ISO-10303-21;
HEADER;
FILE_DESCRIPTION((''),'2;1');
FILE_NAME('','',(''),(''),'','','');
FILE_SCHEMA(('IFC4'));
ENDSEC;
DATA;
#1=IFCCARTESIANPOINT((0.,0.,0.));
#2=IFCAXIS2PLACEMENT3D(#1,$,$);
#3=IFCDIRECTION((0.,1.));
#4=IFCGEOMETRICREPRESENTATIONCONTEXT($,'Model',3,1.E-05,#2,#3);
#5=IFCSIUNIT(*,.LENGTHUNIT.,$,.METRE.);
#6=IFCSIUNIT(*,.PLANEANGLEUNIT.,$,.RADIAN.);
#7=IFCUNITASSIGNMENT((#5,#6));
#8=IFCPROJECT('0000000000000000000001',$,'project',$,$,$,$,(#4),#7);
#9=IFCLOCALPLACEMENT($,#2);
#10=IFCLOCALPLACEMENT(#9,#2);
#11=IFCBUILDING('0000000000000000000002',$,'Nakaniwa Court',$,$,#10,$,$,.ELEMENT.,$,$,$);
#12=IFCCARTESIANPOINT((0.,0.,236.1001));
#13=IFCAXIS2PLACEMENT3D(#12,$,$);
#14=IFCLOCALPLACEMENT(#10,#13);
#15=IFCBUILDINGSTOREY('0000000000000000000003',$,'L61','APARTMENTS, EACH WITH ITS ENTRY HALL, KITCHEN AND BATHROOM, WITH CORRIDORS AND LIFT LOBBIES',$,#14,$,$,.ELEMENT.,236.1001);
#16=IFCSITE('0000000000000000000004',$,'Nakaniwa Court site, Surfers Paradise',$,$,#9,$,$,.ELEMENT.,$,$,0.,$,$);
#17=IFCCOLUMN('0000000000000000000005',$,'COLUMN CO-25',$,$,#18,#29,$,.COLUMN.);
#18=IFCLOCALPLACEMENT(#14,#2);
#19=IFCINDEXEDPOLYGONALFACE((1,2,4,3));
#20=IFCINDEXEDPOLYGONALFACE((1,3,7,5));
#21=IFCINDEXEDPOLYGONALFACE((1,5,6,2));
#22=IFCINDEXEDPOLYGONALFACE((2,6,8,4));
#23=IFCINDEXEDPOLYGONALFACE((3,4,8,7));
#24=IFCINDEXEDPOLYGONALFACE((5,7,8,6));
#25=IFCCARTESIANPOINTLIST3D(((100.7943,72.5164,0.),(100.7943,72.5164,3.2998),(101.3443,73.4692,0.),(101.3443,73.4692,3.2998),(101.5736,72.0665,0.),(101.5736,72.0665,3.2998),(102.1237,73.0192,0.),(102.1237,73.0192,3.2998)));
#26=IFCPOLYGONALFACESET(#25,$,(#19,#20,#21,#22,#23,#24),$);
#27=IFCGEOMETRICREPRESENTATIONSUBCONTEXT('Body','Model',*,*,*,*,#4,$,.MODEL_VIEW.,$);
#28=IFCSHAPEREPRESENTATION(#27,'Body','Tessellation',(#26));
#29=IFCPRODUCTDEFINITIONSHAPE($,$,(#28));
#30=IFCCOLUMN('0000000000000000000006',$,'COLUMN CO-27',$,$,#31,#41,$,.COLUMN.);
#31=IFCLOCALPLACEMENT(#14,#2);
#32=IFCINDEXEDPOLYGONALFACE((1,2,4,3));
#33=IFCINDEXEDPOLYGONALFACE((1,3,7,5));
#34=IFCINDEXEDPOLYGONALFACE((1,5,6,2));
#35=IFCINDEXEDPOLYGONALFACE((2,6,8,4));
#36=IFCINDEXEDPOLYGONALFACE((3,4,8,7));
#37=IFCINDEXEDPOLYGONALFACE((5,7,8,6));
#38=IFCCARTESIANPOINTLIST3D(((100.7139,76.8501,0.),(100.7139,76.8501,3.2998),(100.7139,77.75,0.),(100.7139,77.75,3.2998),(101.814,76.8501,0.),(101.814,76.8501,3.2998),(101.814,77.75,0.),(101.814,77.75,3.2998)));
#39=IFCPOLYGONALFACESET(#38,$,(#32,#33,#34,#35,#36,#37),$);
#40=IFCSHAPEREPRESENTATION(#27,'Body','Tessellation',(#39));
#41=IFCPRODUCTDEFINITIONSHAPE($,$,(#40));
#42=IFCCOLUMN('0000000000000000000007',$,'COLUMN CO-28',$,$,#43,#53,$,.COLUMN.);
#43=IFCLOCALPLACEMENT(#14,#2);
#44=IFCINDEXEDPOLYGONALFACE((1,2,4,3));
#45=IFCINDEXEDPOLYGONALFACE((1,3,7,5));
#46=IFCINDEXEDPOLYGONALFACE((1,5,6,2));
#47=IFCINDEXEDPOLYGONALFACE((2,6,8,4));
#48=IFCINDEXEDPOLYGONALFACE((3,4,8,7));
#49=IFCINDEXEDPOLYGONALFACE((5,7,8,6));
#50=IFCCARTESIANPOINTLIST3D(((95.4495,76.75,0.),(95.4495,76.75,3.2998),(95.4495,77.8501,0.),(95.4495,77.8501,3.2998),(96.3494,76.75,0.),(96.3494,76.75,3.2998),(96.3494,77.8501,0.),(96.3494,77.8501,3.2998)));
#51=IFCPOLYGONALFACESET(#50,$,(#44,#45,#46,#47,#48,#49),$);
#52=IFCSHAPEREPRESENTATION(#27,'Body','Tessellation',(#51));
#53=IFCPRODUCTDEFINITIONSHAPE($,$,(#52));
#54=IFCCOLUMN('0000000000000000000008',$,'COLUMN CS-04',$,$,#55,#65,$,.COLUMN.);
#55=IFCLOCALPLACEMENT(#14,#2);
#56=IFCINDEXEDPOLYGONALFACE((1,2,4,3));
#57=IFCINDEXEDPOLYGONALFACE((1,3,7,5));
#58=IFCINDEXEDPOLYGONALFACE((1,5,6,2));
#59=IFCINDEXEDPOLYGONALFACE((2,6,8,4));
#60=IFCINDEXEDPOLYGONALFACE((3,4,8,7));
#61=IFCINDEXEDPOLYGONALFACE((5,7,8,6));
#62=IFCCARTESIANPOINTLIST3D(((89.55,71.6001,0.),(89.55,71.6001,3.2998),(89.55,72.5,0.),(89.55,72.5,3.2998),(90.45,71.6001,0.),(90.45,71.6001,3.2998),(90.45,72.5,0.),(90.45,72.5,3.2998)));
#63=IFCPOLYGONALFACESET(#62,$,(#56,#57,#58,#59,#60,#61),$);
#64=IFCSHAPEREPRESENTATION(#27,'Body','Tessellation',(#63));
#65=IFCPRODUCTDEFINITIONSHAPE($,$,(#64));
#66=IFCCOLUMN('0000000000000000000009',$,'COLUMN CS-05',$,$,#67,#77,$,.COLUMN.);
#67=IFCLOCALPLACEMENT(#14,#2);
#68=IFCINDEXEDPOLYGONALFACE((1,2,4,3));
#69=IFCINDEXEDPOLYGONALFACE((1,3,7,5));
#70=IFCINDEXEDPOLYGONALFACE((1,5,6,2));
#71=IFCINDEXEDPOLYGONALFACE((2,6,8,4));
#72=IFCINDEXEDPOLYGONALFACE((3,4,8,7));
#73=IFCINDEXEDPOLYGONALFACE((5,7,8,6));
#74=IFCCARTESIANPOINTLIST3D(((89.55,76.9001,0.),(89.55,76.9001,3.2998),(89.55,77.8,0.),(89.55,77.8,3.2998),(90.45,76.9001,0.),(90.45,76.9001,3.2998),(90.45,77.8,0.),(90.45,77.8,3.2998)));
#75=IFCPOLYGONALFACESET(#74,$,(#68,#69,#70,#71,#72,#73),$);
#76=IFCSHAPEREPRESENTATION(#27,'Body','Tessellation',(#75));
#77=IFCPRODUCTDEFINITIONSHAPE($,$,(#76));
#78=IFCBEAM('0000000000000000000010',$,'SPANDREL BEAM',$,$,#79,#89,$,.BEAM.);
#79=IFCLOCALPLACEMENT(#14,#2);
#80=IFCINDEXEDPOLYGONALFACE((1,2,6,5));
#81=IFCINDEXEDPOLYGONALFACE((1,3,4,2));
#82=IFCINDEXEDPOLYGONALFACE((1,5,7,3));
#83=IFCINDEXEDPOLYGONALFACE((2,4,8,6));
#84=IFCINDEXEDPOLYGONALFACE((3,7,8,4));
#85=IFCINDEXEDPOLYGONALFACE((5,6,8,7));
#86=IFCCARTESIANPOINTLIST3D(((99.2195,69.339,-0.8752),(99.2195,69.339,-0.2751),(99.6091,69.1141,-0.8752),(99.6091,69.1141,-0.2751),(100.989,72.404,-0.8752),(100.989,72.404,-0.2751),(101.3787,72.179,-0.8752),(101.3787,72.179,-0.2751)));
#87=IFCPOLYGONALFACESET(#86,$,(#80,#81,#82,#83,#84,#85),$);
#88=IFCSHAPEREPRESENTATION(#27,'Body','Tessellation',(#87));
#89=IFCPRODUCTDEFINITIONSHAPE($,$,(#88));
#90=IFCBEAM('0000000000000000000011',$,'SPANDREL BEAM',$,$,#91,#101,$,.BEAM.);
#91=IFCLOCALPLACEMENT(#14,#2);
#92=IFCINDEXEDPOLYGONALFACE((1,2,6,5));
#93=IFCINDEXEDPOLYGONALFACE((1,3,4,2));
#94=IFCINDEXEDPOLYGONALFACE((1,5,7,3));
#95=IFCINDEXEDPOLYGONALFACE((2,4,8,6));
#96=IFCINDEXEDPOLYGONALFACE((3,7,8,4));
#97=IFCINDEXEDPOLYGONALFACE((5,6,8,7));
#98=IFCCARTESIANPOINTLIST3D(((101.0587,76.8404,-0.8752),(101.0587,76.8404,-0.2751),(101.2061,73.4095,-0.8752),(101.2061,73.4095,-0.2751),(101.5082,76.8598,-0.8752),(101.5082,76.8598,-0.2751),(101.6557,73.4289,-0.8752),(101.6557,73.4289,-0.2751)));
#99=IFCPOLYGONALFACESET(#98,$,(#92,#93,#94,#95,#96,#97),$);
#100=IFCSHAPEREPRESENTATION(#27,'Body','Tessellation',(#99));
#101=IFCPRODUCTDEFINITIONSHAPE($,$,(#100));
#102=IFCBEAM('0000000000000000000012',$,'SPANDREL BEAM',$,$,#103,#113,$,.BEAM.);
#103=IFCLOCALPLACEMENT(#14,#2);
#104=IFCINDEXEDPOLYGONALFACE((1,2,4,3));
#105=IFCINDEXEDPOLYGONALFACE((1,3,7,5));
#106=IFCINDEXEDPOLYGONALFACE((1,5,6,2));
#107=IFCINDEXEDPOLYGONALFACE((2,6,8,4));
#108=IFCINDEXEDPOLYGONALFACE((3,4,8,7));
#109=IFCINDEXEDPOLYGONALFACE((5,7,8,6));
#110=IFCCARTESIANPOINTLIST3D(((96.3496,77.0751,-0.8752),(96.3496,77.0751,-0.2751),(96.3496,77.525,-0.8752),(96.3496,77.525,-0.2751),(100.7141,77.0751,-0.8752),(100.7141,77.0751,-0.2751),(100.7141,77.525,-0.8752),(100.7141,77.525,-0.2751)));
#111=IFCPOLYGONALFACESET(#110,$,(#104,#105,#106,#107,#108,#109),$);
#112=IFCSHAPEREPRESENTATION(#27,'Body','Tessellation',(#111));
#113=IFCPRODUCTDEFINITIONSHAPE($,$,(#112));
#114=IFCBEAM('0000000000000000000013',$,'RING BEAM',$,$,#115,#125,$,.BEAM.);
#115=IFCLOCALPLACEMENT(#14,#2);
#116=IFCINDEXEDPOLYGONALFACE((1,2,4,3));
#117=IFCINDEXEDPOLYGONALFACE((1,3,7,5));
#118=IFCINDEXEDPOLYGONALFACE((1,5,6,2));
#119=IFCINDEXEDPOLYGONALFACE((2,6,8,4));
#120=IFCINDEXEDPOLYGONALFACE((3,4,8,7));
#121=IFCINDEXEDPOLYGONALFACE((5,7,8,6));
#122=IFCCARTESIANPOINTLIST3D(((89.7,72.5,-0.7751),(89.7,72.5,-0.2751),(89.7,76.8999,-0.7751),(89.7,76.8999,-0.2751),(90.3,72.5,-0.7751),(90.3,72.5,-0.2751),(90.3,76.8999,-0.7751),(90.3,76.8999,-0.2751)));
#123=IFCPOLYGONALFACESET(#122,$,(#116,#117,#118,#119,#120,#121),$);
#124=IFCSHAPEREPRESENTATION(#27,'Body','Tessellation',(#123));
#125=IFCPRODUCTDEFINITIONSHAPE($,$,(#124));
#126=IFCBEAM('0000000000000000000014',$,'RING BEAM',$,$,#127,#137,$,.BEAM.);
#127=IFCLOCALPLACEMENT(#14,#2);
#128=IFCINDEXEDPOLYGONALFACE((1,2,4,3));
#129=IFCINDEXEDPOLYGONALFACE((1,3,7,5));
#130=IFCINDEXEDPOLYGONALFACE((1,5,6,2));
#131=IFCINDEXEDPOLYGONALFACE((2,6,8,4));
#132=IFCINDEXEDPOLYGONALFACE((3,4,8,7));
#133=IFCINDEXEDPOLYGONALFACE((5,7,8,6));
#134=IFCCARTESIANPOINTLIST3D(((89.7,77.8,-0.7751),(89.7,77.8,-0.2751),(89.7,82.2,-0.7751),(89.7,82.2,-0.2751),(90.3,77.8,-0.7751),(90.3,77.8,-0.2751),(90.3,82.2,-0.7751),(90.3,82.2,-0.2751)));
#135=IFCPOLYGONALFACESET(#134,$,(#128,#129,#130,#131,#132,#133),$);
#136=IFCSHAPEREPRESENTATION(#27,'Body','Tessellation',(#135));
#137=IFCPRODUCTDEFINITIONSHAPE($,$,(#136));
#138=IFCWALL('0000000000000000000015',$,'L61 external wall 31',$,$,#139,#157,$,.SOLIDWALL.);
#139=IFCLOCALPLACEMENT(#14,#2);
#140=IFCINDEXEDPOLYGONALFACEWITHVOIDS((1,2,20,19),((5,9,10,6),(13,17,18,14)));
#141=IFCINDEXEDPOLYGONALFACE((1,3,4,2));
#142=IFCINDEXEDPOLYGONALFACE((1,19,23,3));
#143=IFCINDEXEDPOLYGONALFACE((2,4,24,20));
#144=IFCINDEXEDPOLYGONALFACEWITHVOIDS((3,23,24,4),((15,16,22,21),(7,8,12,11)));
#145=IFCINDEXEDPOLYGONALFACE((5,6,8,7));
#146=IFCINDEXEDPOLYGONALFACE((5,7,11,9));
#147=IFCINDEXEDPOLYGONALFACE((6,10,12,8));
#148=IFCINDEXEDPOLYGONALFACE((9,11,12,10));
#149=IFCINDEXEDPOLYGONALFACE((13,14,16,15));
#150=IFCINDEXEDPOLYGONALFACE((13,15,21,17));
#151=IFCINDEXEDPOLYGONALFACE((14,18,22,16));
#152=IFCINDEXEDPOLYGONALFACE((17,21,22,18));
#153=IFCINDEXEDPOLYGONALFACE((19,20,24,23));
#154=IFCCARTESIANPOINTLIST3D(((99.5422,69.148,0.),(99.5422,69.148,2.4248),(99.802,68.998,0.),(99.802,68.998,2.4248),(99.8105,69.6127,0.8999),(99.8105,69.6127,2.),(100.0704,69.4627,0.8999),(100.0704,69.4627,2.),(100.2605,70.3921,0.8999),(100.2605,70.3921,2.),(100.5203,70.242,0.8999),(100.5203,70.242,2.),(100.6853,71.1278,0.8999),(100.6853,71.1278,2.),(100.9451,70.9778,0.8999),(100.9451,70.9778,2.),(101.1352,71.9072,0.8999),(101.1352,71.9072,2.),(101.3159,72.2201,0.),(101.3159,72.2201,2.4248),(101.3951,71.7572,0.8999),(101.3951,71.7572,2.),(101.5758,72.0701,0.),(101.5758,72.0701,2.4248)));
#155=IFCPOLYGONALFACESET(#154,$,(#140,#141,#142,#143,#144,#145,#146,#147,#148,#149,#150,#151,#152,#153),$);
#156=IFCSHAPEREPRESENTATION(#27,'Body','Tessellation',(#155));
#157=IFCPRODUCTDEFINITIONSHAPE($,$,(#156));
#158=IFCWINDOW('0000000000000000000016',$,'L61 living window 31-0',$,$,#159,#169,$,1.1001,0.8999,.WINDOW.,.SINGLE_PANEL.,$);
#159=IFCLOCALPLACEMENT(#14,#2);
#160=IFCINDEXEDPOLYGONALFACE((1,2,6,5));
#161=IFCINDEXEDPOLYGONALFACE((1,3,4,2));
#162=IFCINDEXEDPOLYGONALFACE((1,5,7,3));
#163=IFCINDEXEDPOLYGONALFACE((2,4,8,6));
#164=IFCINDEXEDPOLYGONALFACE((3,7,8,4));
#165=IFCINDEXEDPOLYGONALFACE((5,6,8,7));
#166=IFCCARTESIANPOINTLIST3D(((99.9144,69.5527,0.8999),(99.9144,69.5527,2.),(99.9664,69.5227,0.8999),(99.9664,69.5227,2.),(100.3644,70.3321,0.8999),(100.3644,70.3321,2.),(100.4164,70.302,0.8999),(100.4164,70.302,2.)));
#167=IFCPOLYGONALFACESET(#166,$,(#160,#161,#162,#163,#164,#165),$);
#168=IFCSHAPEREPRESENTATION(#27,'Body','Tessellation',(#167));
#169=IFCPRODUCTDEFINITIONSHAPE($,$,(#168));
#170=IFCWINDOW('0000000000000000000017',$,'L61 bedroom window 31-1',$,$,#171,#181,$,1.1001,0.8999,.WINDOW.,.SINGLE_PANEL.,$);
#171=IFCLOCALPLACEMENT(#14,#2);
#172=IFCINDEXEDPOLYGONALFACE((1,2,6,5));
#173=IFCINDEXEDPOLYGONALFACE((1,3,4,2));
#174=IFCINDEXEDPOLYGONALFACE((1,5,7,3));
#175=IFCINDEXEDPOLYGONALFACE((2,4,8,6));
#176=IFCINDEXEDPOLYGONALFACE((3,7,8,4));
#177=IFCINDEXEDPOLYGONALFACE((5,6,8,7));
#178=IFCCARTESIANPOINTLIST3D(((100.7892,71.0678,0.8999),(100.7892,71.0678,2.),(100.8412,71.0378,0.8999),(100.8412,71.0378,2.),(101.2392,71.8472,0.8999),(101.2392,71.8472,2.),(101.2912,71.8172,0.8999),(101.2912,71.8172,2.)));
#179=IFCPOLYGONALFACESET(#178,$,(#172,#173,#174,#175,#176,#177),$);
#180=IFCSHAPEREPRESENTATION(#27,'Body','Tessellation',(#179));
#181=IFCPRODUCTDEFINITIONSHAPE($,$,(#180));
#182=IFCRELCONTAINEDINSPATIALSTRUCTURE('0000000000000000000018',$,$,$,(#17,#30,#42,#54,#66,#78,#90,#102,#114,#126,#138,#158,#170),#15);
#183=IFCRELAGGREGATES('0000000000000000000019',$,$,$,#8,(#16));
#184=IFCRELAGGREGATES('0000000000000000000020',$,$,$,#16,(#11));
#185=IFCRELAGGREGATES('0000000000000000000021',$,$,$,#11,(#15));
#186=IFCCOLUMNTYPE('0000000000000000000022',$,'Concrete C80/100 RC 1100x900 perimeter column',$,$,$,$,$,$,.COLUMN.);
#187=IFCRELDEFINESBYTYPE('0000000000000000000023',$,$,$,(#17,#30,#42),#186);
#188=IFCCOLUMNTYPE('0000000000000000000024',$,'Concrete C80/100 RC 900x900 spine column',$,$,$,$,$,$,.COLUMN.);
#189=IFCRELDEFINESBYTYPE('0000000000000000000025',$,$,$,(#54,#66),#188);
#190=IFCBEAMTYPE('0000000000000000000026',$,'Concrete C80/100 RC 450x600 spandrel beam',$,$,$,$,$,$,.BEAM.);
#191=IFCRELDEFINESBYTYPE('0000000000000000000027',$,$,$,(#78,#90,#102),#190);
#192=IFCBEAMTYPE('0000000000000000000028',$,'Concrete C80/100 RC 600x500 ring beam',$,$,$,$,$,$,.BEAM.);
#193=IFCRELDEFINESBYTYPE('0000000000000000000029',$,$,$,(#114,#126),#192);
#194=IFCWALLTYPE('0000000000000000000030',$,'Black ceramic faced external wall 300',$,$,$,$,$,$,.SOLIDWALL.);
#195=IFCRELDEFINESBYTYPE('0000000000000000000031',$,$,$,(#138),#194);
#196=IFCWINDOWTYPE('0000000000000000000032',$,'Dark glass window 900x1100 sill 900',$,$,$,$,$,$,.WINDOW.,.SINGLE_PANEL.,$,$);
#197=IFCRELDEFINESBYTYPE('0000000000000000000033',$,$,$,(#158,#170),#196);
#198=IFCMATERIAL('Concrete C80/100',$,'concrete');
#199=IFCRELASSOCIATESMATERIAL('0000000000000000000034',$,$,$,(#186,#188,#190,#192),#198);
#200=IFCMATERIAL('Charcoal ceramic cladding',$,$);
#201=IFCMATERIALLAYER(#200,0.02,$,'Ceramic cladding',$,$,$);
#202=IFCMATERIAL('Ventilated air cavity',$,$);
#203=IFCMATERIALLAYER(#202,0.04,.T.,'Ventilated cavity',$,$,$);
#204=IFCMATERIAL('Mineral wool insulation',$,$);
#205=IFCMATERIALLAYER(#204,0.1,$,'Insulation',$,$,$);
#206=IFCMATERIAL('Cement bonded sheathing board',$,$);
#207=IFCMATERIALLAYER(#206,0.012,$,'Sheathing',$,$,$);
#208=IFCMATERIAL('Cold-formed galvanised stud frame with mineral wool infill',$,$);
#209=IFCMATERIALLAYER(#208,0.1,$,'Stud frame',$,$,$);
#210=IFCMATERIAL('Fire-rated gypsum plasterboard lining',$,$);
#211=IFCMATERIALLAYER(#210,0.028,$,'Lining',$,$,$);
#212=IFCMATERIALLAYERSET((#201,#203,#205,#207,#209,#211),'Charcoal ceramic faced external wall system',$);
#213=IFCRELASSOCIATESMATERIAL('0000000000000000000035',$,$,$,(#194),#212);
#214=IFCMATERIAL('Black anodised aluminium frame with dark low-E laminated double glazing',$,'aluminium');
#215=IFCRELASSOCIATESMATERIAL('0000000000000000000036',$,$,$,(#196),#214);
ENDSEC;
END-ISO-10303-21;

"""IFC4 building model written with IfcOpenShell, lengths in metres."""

from ifc_helpers import new_model, si_unit, direction, frame, frame_2d, origin, origin_2d, place, context, subcontext, project, spatial, rectangle, extrude, material, layer, layer_set, material_profile, profile_set, type_object, element, fill, save


model = new_model("IFC4")

# Units and contexts
model_context = context("Model", 3, precision=1e-05, world=origin(), true_north=direction((0.0, 1.0)))
body_context = subcontext(model_context, "Body", "Model", "MODEL_VIEW")
ifc_project = project(units=[si_unit("LENGTHUNIT", "METRE"), si_unit("PLANEANGLEUNIT", "RADIAN")], contexts=[model_context])

# Site, building, storey
site_placement = place(None, origin())
site = spatial("IfcSite", under=ifc_project, at=site_placement, Name="Nakaniwa Court site, Surfers Paradise", CompositionType="ELEMENT", RefElevation=0.0)
building_placement = place(site_placement, origin())
building = spatial("IfcBuilding", under=site, at=building_placement, Name="Nakaniwa Court", CompositionType="ELEMENT")
storey_placement = place(building_placement, frame((0.0, 0.0, 236.1001)))
storey = spatial("IfcBuildingStorey", under=building, at=storey_placement, Name="L61", Description="APARTMENTS, EACH WITH ITS ENTRY HALL, KITCHEN AND BATHROOM, WITH CORRIDORS AND LIFT LOBBIES", CompositionType="ELEMENT", Elevation=236.1001)

# Columns
ifc_material_1 = material(Name="Concrete C80/100", Category="concrete")
ifc_material_profile_1 = material_profile(ifc_material_1, rectangle(XDim=1.1001, YDim=0.8999, at=origin_2d()), Name="Concrete C80/100 RC 1100x900 perimeter column")
ifc_profile_set_1 = profile_set([ifc_material_profile_1], Name="Concrete C80/100")
column_type_1 = type_object("IfcColumnType", Name="Concrete C80/100 RC 1100x900 perimeter column", PredefinedType="COLUMN", material=ifc_profile_set_1)
for number, where, z_axis, x_axis, name in (
    (1, (101.459, 72.7678, 0.0), (0.0, 0.0, 1.0), (0.5, 0.866025, 0.0), "COLUMN CO-25"),
    (2, (101.2639, 77.3, 0.0), (0.0, 0.0, 1.0), (-1.0, 0.0, 0.0), "COLUMN CO-27"),
    (3, (95.8994, 77.3, 0.0), (0.0, 0.0, 1.0), (0.0, 1.0, 0.0), "COLUMN CO-28"),
):
    element("IfcColumn", number, at=place(storey_placement, frame(where, z_axis=z_axis, x_axis=x_axis)), inside=storey, type_object=column_type_1, Name=name, PredefinedType="COLUMN", context=body_context, shape_type="SweptSolid", body=[
        extrude(rectangle(XDim=1.1001, YDim=0.8999, at=origin_2d()), origin(), (0.0, 0.0, 1.0), 3.2998),
    ])
ifc_material_profile_2 = material_profile(ifc_material_1, rectangle(XDim=0.8999, YDim=0.8999, at=origin_2d()), Name="Concrete C80/100 RC 900x900 spine column")
ifc_profile_set_2 = profile_set([ifc_material_profile_2], Name="Concrete C80/100")
column_type_2 = type_object("IfcColumnType", Name="Concrete C80/100 RC 900x900 spine column", PredefinedType="COLUMN", material=ifc_profile_set_2)
for number, where, z_axis, x_axis, name in (
    (4, (90.0, 72.05, 0.0), (0.0, 0.0, 1.0), (0.0, 1.0, 0.0), "COLUMN CS-04"),
    (5, (90.0, 77.3501, 0.0), (0.0, 0.0, 1.0), (0.0, 1.0, 0.0), "COLUMN CS-05"),
):
    element("IfcColumn", number, at=place(storey_placement, frame(where, z_axis=z_axis, x_axis=x_axis)), inside=storey, type_object=column_type_2, Name=name, PredefinedType="COLUMN", context=body_context, shape_type="SweptSolid", body=[
        extrude(rectangle(XDim=0.8999, YDim=0.8999, at=origin_2d()), origin(), (0.0, 0.0, 1.0), 3.2998),
    ])

# Beams
ifc_material_profile_3 = material_profile(ifc_material_1, rectangle(XDim=0.45, YDim=0.6001, at=origin_2d()), Name="Concrete C80/100 RC 450x600 spandrel beam")
ifc_profile_set_3 = profile_set([ifc_material_profile_3], Name="Concrete C80/100")
beam_type_1 = type_object("IfcBeamType", Name="Concrete C80/100 RC 450x600 spandrel beam", PredefinedType="BEAM", material=ifc_profile_set_3)
beam_1_placement = place(storey_placement, frame((99.4143, 69.2266, -0.5752), z_axis=(0.499997, 0.866027, 0.0), x_axis=(-0.866027, 0.499997, 0.0)))
element("IfcBeam", 6, at=beam_1_placement, inside=storey, type_object=beam_type_1, Name="SPANDREL BEAM", PredefinedType="BEAM", context=body_context, shape_type="SweptSolid", body=[
    extrude(rectangle(XDim=0.45, YDim=0.6001, at=origin_2d()), origin(), (0.0, 0.0, 1.0), 3.5391),
])
beam_2_placement = place(storey_placement, frame((101.4309, 73.4192, -0.5752), z_axis=(-0.042941, 0.999078, 0.0), x_axis=(-0.999078, -0.042941, 0.0)))
element("IfcBeam", 7, at=beam_2_placement, inside=storey, type_object=beam_type_1, Name="SPANDREL BEAM", PredefinedType="BEAM", context=body_context, shape_type="SweptSolid", body=[
    extrude(rectangle(XDim=0.45, YDim=0.6001, at=origin_2d()), origin(), (0.0, 0.0, 1.0), 3.4341),
])
beam_3_placement = place(storey_placement, frame((100.7141, 77.3, -0.5752), z_axis=(-1.0, 0.0, 0.0), x_axis=(0.0, -1.0, 0.0)))
element("IfcBeam", 8, at=beam_3_placement, inside=storey, type_object=beam_type_1, Name="SPANDREL BEAM", PredefinedType="BEAM", context=body_context, shape_type="SweptSolid", body=[
    extrude(rectangle(XDim=0.45, YDim=0.6001, at=origin_2d()), origin(), (0.0, 0.0, 1.0), 4.3645),
])
ifc_material_profile_4 = material_profile(ifc_material_1, rectangle(XDim=0.6001, YDim=0.5, at=origin_2d()), Name="Concrete C80/100 RC 600x500 ring beam")
ifc_profile_set_4 = profile_set([ifc_material_profile_4], Name="Concrete C80/100")
beam_type_2 = type_object("IfcBeamType", Name="Concrete C80/100 RC 600x500 ring beam", PredefinedType="BEAM", material=ifc_profile_set_4)
for number, where, z_axis, x_axis, name in (
    (9, (90.0, 72.5, -0.5251), (0.0, 1.0, 0.0), (-1.0, 0.0, 0.0), "RING BEAM"),
    (10, (90.0, 77.8, -0.5251), (0.0, 1.0, 0.0), (-1.0, 0.0, 0.0), "RING BEAM"),
):
    element("IfcBeam", number, at=place(storey_placement, frame(where, z_axis=z_axis, x_axis=x_axis)), inside=storey, type_object=beam_type_2, Name=name, PredefinedType="BEAM", context=body_context, shape_type="SweptSolid", body=[
        extrude(rectangle(XDim=0.6001, YDim=0.5, at=origin_2d()), origin(), (0.0, 0.0, 1.0), 4.3999),
    ])

# Wall, openings, windows
ifc_material_2 = material(Name="Charcoal ceramic cladding")
ifc_layer_1 = layer(ifc_material_2, 0.02, Name="Ceramic cladding")
ifc_material_3 = material(Name="Ventilated air cavity")
ifc_layer_2 = layer(ifc_material_3, 0.04, ventilated=True, Name="Ventilated cavity")
ifc_material_4 = material(Name="Mineral wool insulation")
ifc_layer_3 = layer(ifc_material_4, 0.1, Name="Insulation")
ifc_material_5 = material(Name="Cement bonded sheathing board")
ifc_layer_4 = layer(ifc_material_5, 0.012, Name="Sheathing")
ifc_material_6 = material(Name="Cold-formed galvanised stud frame with mineral wool infill")
ifc_layer_5 = layer(ifc_material_6, 0.1, Name="Stud frame")
ifc_material_7 = material(Name="Fire-rated gypsum plasterboard lining")
ifc_layer_6 = layer(ifc_material_7, 0.028, Name="Lining")
ifc_layer_set_1 = layer_set([ifc_layer_1, ifc_layer_2, ifc_layer_3, ifc_layer_4, ifc_layer_5, ifc_layer_6], Name="Charcoal ceramic faced external wall system")
wall_type_1 = type_object("IfcWallType", Name="Black ceramic faced external wall 300", PredefinedType="SOLIDWALL", material=ifc_layer_set_1)
wall_1_placement = place(storey_placement, frame((99.6721, 69.073, 0.0), z_axis=(0.0, 0.0, 1.0), x_axis=(0.50001, 0.866019, 0.0)))
wall_1 = element("IfcWall", 11, at=wall_1_placement, inside=storey, type_object=wall_type_1, Name="L61 external wall 31", PredefinedType="SOLIDWALL", context=body_context, shape_type="SweptSolid", body=[
    extrude(rectangle(XDim=3.5474, YDim=0.3, at=frame_2d((1.7737, 0.0))), origin(), (0.0, 0.0, 1.0), 2.4248),
])
opening_1_placement = place(wall_1_placement, frame((0.5366, 0.0, 0.8999)))
opening_1 = element("IfcOpeningElement", 12, at=opening_1_placement, cuts=wall_1, PredefinedType="OPENING", context=body_context, shape_type="SweptSolid", body=[
    extrude(rectangle(XDim=0.8999, YDim=1.1001, at=frame_2d((0.45, 0.55))), frame((0.0, 0.1599, 0.0), z_axis=(0.0, -1.0, 0.0), x_axis=(1.0, 0.0, 0.0)), (0.0, 0.0, 1.0), 0.3201),
])
opening_2_placement = place(wall_1_placement, frame((2.2861, 0.0, 0.8999)))
opening_2 = element("IfcOpeningElement", 13, at=opening_2_placement, cuts=wall_1, PredefinedType="OPENING", context=body_context, shape_type="SweptSolid", body=[
    extrude(rectangle(XDim=0.8999, YDim=1.1001, at=frame_2d((0.45, 0.55))), frame((0.0, 0.1599, 0.0), z_axis=(0.0, -1.0, 0.0), x_axis=(1.0, 0.0, 0.0)), (0.0, 0.0, 1.0), 0.3201),
])
ifc_material_8 = material(Name="Black anodised aluminium frame with dark low-E laminated double glazing", Category="aluminium")
window_type_1 = type_object("IfcWindowType", Name="Dark glass window 900x1100 sill 900", PartitioningType="SINGLE_PANEL", PredefinedType="WINDOW", material=ifc_material_8)
window_1_placement = place(opening_1_placement, origin())
window_1 = element("IfcWindow", 14, at=window_1_placement, inside=storey, type_object=window_type_1, Name="L61 living window 31-0", OverallHeight=1.1001, OverallWidth=0.8999, PartitioningType="SINGLE_PANEL", PredefinedType="WINDOW", context=body_context, shape_type="SweptSolid", body=[
    extrude(rectangle(XDim=0.8999, YDim=1.1001, at=frame_2d((0.45, 0.55))), frame((0.0, 0.03, 0.0), z_axis=(0.0, -1.0, 0.0), x_axis=(1.0, 0.0, 0.0)), (0.0, 0.0, 1.0), 0.0601),
])
fill(opening_1, window_1)
window_2_placement = place(opening_2_placement, origin())
window_2 = element("IfcWindow", 15, at=window_2_placement, inside=storey, type_object=window_type_1, Name="L61 bedroom window 31-1", OverallHeight=1.1001, OverallWidth=0.8999, PartitioningType="SINGLE_PANEL", PredefinedType="WINDOW", context=body_context, shape_type="SweptSolid", body=[
    extrude(rectangle(XDim=0.8999, YDim=1.1001, at=frame_2d((0.45, 0.55))), frame((0.0, 0.03, 0.0), z_axis=(0.0, -1.0, 0.0), x_axis=(1.0, 0.0, 0.0)), (0.0, 0.0, 1.0), 0.0601),
])
fill(opening_2, window_2)

save(model, "model.ifc")
